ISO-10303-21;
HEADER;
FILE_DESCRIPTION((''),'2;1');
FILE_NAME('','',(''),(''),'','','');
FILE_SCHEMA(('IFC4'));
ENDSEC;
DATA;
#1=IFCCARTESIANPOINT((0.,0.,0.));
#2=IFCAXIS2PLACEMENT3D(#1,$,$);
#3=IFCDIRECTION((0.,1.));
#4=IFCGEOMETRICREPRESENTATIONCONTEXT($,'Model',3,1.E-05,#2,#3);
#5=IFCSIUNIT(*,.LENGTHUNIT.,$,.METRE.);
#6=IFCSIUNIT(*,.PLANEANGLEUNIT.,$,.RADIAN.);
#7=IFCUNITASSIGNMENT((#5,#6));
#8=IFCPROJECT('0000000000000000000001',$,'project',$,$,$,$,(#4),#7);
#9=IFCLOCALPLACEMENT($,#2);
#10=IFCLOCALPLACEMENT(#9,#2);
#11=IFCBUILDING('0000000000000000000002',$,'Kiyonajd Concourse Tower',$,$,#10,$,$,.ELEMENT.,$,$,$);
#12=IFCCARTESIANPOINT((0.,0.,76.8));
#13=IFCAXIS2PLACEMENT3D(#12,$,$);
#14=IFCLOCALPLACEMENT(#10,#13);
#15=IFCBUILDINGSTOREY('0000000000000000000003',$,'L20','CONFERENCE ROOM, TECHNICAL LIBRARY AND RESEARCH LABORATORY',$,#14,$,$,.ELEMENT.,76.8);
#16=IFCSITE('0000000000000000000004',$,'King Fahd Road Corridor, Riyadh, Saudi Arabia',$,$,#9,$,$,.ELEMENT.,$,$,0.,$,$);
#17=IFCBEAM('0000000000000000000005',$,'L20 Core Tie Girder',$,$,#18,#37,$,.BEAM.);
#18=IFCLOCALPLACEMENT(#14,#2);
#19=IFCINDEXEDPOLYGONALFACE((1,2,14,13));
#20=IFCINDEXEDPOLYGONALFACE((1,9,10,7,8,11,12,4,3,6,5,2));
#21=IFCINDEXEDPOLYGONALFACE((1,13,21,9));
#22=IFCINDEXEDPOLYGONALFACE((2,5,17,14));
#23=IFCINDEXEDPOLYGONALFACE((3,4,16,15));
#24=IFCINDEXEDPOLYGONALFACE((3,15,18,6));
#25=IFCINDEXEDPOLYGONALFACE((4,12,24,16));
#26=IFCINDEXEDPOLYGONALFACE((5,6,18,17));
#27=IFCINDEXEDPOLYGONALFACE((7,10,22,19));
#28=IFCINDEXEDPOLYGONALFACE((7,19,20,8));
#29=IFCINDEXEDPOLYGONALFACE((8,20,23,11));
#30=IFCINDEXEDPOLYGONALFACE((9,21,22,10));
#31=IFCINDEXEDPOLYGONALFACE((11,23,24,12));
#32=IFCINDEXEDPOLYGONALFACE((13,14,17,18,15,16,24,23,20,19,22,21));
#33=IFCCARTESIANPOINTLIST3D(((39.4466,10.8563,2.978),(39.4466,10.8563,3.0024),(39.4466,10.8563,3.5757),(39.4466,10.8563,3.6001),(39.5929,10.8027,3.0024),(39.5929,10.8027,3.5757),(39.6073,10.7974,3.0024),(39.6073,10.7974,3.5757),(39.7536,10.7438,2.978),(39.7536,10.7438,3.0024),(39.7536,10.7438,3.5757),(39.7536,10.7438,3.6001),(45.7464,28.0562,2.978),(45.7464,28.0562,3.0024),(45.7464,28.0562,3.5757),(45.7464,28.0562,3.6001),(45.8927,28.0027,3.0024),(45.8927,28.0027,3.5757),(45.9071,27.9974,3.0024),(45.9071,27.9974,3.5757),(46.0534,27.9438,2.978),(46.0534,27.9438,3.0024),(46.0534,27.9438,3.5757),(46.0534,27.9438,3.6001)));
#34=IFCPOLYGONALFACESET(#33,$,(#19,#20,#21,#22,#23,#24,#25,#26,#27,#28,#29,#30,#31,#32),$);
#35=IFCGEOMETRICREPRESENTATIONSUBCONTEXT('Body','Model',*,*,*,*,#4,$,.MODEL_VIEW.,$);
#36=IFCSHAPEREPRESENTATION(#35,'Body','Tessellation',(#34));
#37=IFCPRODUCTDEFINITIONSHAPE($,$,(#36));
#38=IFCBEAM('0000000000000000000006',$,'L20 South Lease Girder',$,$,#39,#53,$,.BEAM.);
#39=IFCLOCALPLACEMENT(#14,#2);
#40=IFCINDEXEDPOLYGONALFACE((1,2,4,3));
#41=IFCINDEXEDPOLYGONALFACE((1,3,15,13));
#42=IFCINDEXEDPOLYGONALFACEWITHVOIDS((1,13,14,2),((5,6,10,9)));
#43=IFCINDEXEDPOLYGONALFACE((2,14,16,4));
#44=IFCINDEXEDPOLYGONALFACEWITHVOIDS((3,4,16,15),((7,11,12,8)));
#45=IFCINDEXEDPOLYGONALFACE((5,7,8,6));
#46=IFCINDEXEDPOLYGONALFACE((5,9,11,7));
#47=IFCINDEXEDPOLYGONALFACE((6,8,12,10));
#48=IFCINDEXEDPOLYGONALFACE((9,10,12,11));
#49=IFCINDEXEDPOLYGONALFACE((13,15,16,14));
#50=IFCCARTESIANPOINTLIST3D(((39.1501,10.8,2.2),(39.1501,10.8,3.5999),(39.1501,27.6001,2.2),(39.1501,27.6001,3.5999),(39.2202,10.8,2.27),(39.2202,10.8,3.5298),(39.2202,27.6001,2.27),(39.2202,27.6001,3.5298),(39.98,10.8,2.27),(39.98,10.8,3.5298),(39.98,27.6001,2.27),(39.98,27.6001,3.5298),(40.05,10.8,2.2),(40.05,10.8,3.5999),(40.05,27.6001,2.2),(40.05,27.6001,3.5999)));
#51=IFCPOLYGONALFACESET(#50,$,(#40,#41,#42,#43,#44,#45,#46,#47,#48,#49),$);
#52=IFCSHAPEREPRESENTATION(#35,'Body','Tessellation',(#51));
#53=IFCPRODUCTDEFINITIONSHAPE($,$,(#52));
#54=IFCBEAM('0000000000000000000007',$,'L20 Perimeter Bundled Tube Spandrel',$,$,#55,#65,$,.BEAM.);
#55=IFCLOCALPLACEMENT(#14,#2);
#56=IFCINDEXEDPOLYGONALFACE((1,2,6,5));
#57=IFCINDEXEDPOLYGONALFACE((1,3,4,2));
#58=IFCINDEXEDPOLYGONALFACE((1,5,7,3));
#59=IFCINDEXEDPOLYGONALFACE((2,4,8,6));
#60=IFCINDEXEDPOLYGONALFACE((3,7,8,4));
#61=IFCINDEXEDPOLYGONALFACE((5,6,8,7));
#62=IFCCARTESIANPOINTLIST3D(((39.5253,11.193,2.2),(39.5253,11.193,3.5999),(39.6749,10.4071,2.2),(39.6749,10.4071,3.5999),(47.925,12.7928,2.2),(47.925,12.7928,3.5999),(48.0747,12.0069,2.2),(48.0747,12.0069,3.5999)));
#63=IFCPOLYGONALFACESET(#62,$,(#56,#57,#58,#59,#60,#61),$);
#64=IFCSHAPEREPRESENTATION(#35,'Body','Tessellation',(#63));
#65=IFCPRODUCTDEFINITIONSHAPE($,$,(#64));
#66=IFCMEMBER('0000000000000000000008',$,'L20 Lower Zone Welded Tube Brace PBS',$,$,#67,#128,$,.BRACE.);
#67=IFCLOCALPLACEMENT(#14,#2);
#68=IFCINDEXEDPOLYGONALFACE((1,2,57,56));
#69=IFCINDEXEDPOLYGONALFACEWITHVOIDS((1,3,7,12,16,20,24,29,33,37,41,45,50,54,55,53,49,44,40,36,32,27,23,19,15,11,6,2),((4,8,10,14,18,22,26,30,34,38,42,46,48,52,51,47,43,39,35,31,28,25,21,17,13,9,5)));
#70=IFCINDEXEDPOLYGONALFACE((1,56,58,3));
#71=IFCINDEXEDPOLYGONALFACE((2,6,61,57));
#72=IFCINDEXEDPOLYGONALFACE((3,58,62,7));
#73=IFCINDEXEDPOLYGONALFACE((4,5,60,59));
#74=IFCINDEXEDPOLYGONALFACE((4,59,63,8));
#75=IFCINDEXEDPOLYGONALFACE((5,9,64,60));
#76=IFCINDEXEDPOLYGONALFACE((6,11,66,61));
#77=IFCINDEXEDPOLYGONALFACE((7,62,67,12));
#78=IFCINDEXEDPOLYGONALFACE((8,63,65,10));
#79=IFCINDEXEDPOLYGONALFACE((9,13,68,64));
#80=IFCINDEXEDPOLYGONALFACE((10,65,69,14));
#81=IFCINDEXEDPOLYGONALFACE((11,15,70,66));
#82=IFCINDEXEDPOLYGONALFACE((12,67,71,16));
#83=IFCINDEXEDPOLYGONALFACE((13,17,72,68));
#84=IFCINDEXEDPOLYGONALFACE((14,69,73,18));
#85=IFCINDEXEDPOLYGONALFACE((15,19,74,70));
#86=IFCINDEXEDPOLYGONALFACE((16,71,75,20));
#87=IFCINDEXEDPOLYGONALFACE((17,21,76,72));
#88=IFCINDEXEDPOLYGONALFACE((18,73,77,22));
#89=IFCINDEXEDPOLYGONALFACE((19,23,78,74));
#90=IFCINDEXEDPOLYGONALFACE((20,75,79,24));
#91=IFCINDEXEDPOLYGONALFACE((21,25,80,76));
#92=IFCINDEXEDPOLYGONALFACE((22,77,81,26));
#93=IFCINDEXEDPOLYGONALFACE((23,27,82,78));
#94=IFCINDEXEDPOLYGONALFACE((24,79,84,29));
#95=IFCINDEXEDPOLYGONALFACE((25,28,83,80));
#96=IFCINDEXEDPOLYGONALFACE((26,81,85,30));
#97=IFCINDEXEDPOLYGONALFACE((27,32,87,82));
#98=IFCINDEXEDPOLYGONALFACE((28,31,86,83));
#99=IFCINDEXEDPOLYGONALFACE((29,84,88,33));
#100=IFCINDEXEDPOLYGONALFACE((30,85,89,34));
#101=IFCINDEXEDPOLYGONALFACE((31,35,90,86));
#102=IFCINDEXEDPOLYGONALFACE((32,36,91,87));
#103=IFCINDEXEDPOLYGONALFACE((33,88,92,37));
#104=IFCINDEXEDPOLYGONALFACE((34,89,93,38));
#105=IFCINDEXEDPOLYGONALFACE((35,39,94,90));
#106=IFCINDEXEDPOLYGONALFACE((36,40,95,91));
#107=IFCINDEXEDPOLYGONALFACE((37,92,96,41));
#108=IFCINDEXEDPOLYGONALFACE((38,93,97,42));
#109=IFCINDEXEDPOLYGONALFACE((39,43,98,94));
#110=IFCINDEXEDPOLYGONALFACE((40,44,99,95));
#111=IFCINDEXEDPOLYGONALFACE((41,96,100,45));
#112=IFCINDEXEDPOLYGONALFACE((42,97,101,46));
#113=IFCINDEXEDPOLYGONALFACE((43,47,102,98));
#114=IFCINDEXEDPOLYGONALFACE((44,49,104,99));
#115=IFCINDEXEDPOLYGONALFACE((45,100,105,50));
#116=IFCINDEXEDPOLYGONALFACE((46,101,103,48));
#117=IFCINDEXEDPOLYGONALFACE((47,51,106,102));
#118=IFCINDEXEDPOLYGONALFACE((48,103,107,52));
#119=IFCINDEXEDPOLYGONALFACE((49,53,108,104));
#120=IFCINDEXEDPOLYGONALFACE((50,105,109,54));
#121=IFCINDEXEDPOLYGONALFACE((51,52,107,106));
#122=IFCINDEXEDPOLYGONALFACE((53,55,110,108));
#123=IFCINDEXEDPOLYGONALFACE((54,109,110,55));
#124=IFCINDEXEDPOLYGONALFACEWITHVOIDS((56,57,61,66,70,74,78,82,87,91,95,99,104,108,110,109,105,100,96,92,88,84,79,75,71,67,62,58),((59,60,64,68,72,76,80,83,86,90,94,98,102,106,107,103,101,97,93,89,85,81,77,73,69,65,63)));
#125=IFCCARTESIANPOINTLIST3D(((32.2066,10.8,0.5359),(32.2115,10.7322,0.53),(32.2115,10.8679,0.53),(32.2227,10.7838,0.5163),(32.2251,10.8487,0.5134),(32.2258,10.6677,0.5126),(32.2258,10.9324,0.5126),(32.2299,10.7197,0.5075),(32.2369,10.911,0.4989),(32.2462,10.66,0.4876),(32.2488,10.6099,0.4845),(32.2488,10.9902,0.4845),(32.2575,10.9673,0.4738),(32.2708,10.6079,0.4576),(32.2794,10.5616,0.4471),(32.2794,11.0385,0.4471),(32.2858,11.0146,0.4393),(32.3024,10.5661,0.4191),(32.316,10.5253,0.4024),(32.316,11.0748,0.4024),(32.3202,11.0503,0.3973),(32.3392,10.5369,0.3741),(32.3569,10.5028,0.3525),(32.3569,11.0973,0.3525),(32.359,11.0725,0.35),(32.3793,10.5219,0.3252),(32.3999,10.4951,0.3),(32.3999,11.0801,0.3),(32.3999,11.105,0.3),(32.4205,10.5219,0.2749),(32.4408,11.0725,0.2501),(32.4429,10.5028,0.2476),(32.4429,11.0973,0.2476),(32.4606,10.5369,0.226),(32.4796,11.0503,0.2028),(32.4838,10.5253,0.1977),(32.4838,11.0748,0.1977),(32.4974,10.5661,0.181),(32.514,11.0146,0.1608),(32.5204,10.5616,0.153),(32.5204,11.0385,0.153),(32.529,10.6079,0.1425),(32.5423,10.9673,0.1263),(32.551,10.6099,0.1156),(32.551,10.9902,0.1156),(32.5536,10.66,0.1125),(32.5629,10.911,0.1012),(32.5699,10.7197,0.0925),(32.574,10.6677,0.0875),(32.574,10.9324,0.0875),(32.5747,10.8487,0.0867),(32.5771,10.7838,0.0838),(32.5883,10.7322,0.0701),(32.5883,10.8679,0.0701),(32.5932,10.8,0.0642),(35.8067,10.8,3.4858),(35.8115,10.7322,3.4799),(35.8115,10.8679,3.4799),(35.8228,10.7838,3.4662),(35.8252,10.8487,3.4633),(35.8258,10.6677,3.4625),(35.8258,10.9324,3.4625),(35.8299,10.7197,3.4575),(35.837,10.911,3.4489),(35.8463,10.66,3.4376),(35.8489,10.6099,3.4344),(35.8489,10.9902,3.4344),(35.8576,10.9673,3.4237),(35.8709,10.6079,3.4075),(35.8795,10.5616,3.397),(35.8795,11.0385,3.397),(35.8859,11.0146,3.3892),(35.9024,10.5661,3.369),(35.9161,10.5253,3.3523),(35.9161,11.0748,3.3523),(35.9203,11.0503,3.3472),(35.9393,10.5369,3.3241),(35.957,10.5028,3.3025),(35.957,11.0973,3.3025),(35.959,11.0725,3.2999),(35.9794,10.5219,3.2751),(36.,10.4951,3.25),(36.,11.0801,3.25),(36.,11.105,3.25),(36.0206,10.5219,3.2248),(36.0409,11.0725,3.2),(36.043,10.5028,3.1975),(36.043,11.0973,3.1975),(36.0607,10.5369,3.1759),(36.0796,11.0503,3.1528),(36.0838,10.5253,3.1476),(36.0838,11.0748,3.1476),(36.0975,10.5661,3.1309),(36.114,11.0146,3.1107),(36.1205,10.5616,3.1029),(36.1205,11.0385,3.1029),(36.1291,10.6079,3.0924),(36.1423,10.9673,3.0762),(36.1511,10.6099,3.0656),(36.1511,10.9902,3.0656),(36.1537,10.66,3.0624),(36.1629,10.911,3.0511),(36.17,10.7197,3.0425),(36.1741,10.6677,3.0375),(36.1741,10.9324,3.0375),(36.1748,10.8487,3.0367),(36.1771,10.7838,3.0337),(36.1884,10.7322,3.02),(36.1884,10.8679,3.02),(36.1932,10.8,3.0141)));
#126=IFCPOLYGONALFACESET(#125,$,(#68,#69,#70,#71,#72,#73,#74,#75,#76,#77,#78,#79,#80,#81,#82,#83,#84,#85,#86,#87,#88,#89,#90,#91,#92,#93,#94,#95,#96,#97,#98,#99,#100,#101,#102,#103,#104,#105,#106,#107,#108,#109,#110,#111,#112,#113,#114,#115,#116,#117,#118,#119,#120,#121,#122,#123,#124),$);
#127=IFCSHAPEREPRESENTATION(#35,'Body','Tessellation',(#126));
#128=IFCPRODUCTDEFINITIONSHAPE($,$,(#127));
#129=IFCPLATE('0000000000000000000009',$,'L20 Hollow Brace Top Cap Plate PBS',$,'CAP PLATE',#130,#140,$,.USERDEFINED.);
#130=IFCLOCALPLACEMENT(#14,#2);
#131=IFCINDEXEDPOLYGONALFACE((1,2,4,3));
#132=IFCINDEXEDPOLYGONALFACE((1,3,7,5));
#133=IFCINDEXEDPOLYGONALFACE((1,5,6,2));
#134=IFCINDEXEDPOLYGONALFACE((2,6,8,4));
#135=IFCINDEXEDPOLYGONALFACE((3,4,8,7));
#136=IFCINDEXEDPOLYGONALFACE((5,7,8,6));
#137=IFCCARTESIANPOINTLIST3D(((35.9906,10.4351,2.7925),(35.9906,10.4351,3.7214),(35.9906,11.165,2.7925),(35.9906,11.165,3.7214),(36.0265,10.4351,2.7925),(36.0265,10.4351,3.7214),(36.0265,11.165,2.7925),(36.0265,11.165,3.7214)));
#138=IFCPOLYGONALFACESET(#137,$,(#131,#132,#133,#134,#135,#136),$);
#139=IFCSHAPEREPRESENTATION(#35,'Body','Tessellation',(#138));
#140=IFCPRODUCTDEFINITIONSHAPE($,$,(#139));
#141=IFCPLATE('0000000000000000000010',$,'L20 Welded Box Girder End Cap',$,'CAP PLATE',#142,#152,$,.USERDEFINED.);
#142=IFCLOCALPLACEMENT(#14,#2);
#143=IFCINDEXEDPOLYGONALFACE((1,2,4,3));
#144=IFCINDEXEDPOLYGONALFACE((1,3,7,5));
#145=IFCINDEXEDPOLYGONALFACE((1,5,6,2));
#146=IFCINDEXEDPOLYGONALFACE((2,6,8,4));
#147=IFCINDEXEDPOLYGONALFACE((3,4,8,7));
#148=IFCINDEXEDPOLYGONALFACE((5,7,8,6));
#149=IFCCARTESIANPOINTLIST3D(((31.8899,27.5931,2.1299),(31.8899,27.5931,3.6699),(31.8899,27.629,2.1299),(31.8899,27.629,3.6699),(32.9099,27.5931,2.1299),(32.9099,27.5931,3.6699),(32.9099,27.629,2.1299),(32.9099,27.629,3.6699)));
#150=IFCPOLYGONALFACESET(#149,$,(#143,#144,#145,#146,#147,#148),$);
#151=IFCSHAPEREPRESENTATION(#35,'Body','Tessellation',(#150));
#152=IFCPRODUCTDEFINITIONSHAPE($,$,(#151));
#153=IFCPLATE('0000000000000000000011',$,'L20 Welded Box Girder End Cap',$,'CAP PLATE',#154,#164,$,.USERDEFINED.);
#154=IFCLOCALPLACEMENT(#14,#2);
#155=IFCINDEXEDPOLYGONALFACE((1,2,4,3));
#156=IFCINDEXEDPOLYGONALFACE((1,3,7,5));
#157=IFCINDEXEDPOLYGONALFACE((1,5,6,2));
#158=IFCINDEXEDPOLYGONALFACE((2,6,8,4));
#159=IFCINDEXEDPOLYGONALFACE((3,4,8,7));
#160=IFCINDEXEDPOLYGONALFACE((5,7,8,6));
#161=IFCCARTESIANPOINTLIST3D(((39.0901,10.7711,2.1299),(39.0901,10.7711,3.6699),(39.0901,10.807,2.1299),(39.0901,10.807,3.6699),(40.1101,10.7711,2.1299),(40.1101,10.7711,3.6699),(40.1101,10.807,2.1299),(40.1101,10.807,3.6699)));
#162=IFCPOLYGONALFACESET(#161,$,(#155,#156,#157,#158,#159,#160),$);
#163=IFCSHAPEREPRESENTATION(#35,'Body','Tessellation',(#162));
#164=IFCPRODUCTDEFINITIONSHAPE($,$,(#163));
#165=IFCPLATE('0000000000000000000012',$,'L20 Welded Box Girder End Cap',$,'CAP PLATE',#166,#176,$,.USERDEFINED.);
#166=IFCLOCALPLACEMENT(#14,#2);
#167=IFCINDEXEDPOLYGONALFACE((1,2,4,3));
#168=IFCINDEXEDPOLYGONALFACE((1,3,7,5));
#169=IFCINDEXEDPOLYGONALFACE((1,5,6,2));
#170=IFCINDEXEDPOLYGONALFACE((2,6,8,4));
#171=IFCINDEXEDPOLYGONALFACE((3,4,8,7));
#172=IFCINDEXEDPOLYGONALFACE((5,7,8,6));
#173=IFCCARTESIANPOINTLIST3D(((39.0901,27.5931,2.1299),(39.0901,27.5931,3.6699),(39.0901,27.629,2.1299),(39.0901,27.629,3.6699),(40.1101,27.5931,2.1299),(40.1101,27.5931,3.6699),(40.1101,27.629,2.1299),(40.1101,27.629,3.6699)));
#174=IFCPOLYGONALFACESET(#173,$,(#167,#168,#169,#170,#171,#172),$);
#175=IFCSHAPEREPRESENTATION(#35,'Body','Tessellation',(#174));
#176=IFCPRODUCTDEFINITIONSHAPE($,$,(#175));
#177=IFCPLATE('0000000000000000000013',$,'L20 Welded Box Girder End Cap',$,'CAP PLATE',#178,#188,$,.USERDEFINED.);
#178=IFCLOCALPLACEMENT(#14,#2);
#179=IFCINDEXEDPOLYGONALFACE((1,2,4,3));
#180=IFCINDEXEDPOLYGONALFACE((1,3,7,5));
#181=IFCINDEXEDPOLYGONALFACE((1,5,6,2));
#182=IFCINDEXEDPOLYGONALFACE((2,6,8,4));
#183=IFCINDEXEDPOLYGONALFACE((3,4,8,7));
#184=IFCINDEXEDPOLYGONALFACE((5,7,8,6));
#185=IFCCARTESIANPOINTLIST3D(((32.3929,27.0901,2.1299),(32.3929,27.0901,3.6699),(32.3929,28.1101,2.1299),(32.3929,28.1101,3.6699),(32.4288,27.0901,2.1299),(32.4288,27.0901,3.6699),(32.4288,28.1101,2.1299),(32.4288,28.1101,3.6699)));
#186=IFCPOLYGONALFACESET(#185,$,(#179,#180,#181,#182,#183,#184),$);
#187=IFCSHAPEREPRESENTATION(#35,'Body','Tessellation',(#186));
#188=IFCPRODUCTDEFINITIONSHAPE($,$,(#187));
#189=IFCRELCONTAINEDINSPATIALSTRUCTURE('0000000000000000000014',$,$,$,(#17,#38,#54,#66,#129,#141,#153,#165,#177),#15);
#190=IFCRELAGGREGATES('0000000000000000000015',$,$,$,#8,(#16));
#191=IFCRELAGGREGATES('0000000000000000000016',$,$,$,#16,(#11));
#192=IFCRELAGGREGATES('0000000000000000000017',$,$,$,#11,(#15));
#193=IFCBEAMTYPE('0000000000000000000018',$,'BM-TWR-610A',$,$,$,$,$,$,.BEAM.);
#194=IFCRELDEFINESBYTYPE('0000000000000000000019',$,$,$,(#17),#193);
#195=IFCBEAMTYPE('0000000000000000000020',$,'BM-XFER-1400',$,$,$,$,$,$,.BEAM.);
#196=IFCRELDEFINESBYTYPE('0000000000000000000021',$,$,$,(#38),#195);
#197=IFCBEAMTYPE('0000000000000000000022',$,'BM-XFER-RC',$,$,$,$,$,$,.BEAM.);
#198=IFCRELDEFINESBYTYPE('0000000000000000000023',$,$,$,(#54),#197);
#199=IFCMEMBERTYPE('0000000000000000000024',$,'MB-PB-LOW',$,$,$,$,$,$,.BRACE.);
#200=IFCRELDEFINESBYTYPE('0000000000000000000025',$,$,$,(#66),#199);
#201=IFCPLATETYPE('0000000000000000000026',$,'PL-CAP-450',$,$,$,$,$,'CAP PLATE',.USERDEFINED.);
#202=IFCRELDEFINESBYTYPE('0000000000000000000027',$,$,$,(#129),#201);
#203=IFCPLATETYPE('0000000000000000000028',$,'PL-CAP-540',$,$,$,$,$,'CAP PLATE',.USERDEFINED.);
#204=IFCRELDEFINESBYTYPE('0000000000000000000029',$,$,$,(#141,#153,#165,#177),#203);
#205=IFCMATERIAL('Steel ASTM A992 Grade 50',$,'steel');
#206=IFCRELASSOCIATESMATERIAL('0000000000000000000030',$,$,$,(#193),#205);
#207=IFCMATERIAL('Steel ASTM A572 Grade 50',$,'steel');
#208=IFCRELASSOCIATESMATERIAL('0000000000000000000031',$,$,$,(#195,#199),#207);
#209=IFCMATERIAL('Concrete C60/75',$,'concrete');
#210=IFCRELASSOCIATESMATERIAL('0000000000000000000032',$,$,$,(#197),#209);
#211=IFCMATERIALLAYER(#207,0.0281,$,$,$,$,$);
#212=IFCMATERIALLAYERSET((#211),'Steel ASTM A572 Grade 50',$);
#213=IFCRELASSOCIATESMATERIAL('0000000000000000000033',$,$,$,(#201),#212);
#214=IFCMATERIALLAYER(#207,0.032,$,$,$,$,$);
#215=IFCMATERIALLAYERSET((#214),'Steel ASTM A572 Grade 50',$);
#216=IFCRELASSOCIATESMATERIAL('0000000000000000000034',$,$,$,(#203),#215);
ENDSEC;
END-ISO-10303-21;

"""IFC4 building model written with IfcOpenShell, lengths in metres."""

from ifc_helpers import new_model, si_unit, direction, frame, origin, origin_2d, place, context, subcontext, project, spatial, rectangle, hollow_rectangle, hollow_circle, i_section, extrude, material, layer, layer_set, material_profile, profile_set, type_object, element, save


model = new_model("IFC4")

# Units and contexts
model_context = context("Model", 3, precision=1e-05, world=origin(), true_north=direction((0.0, 1.0)))
body_context = subcontext(model_context, "Body", "Model", "MODEL_VIEW")
ifc_project = project(units=[si_unit("LENGTHUNIT", "METRE"), si_unit("PLANEANGLEUNIT", "RADIAN")], contexts=[model_context])

# Site, building, storey
site_placement = place(None, origin())
site = spatial("IfcSite", under=ifc_project, at=site_placement, Name="King Fahd Road Corridor, Riyadh, Saudi Arabia", CompositionType="ELEMENT", RefElevation=0.0)
building_placement = place(site_placement, origin())
building = spatial("IfcBuilding", under=site, at=building_placement, Name="Kiyonajd Concourse Tower", CompositionType="ELEMENT")
storey_placement = place(building_placement, frame((0.0, 0.0, 76.8)))
storey = spatial("IfcBuildingStorey", under=building, at=storey_placement, Name="L20", Description="CONFERENCE ROOM, TECHNICAL LIBRARY AND RESEARCH LABORATORY", CompositionType="ELEMENT", Elevation=76.8)

# Beams
ifc_material_1 = material(Name="Steel ASTM A992 Grade 50", Category="steel")
ifc_material_profile_1 = material_profile(ifc_material_1, i_section(OverallWidth=0.3269, OverallDepth=0.6221, WebThickness=0.0154, FlangeThickness=0.0244, at=origin_2d()), Name="W610X195")
ifc_profile_set_1 = profile_set([ifc_material_profile_1], Name="Steel ASTM A992 Grade 50")
beam_type_1 = type_object("IfcBeamType", Name="BM-TWR-610A", PredefinedType="BEAM", material=ifc_profile_set_1)
beam_1_placement = place(storey_placement, frame((39.6001, 10.8, 3.2891), z_axis=(0.343925, 0.938997, 0.0), x_axis=(-0.938997, 0.343925, 0.0)))
element("IfcBeam", 1, at=beam_1_placement, inside=storey, type_object=beam_type_1, Name="L20 Core Tie Girder", PredefinedType="BEAM", context=body_context, shape_type="SweptSolid", body=[
    extrude(i_section(OverallWidth=0.3269, OverallDepth=0.6221, WebThickness=0.0154, FlangeThickness=0.0244, at=origin_2d()), origin(), (0.0, 0.0, 1.0), 18.3174),
])
ifc_material_2 = material(Name="Steel ASTM A572 Grade 50", Category="steel")
ifc_material_profile_2 = material_profile(ifc_material_2, hollow_rectangle(XDim=0.8999, YDim=1.3999, WallThickness=0.0701, at=origin_2d()), Name="BOX-1400x900x70")
ifc_profile_set_2 = profile_set([ifc_material_profile_2], Name="Steel ASTM A572 Grade 50")
beam_type_2 = type_object("IfcBeamType", Name="BM-XFER-1400", PredefinedType="BEAM", material=ifc_profile_set_2)
beam_2_placement = place(storey_placement, frame((39.6001, 10.8, 2.8999), z_axis=(0.0, 1.0, 0.0), x_axis=(-1.0, 0.0, 0.0)))
element("IfcBeam", 2, at=beam_2_placement, inside=storey, type_object=beam_type_2, Name="L20 South Lease Girder", PredefinedType="BEAM", context=body_context, shape_type="SweptSolid", body=[
    extrude(hollow_rectangle(XDim=0.8999, YDim=1.3999, WallThickness=0.0701, at=origin_2d()), origin(), (0.0, 0.0, 1.0), 16.8),
])
ifc_material_3 = material(Name="Concrete C60/75", Category="concrete")
ifc_material_profile_3 = material_profile(ifc_material_3, rectangle(XDim=0.8, YDim=1.3999, at=origin_2d()), Name="RCBM-800x1400")
ifc_profile_set_3 = profile_set([ifc_material_profile_3], Name="Concrete C60/75")
beam_type_3 = type_object("IfcBeamType", Name="BM-XFER-RC", PredefinedType="BEAM", material=ifc_profile_set_3)
beam_3_placement = place(storey_placement, frame((39.6001, 10.8, 2.8999), z_axis=(0.982341, 0.187098, 0.0), x_axis=(-0.187098, 0.982341, 0.0)))
element("IfcBeam", 3, at=beam_3_placement, inside=storey, type_object=beam_type_3, Name="L20 Perimeter Bundled Tube Spandrel", PredefinedType="BEAM", context=body_context, shape_type="SweptSolid", body=[
    extrude(rectangle(XDim=0.8, YDim=1.3999, at=origin_2d()), origin(), (0.0, 0.0, 1.0), 8.5508),
])

# Member
ifc_material_profile_4 = material_profile(ifc_material_2, hollow_circle(Radius=0.3049, WallThickness=0.0249, at=origin_2d()), Name="CHS-610x25")
ifc_profile_set_4 = profile_set([ifc_material_profile_4], Name="Steel ASTM A572 Grade 50")
member_type = type_object("IfcMemberType", Name="MB-PB-LOW", PredefinedType="BRACE", material=ifc_profile_set_4)
member_placement = place(storey_placement, frame((32.3999, 10.8, 0.3), z_axis=(0.773492, 0.0, 0.633806), x_axis=(0.0, 1.0, 0.0)))
element("IfcMember", 4, at=member_placement, inside=storey, type_object=member_type, Name="L20 Lower Zone Welded Tube Brace PBS", PredefinedType="BRACE", context=body_context, shape_type="SweptSolid", body=[
    extrude(hollow_circle(Radius=0.3049, WallThickness=0.0249, at=origin_2d()), origin(), (0.0, 0.0, 1.0), 4.6543),
])

# Plates
ifc_layer_1 = layer(ifc_material_2, 0.0281)
ifc_layer_set_1 = layer_set([ifc_layer_1], Name="Steel ASTM A572 Grade 50")
plate_type_1 = type_object("IfcPlateType", Name="PL-CAP-450", ElementType="CAP PLATE", PredefinedType="USERDEFINED", material=ifc_layer_set_1)
plate_1_placement = place(storey_placement, frame((36.0085, 10.8, 2.7925), z_axis=(0.0, 0.0, 1.0), x_axis=(1.0, 0.0, 0.0)))
element("IfcPlate", 5, at=plate_1_placement, inside=storey, type_object=plate_type_1, Name="L20 Hollow Brace Top Cap Plate PBS", ObjectType="CAP PLATE", PredefinedType="USERDEFINED", context=body_context, shape_type="SweptSolid", body=[
    extrude(rectangle(XDim=0.0359, YDim=0.73, at=origin_2d()), origin(), (0.0, 0.0, 1.0), 0.929),
])
ifc_layer_2 = layer(ifc_material_2, 0.032)
ifc_layer_set_2 = layer_set([ifc_layer_2], Name="Steel ASTM A572 Grade 50")
plate_type_2 = type_object("IfcPlateType", Name="PL-CAP-540", ElementType="CAP PLATE", PredefinedType="USERDEFINED", material=ifc_layer_set_2)
for number, where, z_axis, x_axis, name in (
    (6, (32.3999, 27.6111, 2.1299), (0.0, 0.0, 1.0), (0.0, 1.0, 0.0), "L20 Welded Box Girder End Cap"),
    (7, (39.6001, 10.7891, 2.1299), (0.0, 0.0, 1.0), (0.0, -1.0, 0.0), "L20 Welded Box Girder End Cap"),
    (8, (39.6001, 27.6111, 2.1299), (0.0, 0.0, 1.0), (0.0, 1.0, 0.0), "L20 Welded Box Girder End Cap"),
    (9, (32.4109, 27.6001, 2.1299), (0.0, 0.0, 1.0), (1.0, 0.0, 0.0), "L20 Welded Box Girder End Cap"),
):
    element("IfcPlate", number, at=place(storey_placement, frame(where, z_axis=z_axis, x_axis=x_axis)), inside=storey, type_object=plate_type_2, Name=name, ObjectType="CAP PLATE", PredefinedType="USERDEFINED", context=body_context, shape_type="SweptSolid", body=[
        extrude(rectangle(XDim=0.0359, YDim=1.02, at=origin_2d()), origin(), (0.0, 0.0, 1.0), 1.54),
    ])

save(model, "model.ifc")
